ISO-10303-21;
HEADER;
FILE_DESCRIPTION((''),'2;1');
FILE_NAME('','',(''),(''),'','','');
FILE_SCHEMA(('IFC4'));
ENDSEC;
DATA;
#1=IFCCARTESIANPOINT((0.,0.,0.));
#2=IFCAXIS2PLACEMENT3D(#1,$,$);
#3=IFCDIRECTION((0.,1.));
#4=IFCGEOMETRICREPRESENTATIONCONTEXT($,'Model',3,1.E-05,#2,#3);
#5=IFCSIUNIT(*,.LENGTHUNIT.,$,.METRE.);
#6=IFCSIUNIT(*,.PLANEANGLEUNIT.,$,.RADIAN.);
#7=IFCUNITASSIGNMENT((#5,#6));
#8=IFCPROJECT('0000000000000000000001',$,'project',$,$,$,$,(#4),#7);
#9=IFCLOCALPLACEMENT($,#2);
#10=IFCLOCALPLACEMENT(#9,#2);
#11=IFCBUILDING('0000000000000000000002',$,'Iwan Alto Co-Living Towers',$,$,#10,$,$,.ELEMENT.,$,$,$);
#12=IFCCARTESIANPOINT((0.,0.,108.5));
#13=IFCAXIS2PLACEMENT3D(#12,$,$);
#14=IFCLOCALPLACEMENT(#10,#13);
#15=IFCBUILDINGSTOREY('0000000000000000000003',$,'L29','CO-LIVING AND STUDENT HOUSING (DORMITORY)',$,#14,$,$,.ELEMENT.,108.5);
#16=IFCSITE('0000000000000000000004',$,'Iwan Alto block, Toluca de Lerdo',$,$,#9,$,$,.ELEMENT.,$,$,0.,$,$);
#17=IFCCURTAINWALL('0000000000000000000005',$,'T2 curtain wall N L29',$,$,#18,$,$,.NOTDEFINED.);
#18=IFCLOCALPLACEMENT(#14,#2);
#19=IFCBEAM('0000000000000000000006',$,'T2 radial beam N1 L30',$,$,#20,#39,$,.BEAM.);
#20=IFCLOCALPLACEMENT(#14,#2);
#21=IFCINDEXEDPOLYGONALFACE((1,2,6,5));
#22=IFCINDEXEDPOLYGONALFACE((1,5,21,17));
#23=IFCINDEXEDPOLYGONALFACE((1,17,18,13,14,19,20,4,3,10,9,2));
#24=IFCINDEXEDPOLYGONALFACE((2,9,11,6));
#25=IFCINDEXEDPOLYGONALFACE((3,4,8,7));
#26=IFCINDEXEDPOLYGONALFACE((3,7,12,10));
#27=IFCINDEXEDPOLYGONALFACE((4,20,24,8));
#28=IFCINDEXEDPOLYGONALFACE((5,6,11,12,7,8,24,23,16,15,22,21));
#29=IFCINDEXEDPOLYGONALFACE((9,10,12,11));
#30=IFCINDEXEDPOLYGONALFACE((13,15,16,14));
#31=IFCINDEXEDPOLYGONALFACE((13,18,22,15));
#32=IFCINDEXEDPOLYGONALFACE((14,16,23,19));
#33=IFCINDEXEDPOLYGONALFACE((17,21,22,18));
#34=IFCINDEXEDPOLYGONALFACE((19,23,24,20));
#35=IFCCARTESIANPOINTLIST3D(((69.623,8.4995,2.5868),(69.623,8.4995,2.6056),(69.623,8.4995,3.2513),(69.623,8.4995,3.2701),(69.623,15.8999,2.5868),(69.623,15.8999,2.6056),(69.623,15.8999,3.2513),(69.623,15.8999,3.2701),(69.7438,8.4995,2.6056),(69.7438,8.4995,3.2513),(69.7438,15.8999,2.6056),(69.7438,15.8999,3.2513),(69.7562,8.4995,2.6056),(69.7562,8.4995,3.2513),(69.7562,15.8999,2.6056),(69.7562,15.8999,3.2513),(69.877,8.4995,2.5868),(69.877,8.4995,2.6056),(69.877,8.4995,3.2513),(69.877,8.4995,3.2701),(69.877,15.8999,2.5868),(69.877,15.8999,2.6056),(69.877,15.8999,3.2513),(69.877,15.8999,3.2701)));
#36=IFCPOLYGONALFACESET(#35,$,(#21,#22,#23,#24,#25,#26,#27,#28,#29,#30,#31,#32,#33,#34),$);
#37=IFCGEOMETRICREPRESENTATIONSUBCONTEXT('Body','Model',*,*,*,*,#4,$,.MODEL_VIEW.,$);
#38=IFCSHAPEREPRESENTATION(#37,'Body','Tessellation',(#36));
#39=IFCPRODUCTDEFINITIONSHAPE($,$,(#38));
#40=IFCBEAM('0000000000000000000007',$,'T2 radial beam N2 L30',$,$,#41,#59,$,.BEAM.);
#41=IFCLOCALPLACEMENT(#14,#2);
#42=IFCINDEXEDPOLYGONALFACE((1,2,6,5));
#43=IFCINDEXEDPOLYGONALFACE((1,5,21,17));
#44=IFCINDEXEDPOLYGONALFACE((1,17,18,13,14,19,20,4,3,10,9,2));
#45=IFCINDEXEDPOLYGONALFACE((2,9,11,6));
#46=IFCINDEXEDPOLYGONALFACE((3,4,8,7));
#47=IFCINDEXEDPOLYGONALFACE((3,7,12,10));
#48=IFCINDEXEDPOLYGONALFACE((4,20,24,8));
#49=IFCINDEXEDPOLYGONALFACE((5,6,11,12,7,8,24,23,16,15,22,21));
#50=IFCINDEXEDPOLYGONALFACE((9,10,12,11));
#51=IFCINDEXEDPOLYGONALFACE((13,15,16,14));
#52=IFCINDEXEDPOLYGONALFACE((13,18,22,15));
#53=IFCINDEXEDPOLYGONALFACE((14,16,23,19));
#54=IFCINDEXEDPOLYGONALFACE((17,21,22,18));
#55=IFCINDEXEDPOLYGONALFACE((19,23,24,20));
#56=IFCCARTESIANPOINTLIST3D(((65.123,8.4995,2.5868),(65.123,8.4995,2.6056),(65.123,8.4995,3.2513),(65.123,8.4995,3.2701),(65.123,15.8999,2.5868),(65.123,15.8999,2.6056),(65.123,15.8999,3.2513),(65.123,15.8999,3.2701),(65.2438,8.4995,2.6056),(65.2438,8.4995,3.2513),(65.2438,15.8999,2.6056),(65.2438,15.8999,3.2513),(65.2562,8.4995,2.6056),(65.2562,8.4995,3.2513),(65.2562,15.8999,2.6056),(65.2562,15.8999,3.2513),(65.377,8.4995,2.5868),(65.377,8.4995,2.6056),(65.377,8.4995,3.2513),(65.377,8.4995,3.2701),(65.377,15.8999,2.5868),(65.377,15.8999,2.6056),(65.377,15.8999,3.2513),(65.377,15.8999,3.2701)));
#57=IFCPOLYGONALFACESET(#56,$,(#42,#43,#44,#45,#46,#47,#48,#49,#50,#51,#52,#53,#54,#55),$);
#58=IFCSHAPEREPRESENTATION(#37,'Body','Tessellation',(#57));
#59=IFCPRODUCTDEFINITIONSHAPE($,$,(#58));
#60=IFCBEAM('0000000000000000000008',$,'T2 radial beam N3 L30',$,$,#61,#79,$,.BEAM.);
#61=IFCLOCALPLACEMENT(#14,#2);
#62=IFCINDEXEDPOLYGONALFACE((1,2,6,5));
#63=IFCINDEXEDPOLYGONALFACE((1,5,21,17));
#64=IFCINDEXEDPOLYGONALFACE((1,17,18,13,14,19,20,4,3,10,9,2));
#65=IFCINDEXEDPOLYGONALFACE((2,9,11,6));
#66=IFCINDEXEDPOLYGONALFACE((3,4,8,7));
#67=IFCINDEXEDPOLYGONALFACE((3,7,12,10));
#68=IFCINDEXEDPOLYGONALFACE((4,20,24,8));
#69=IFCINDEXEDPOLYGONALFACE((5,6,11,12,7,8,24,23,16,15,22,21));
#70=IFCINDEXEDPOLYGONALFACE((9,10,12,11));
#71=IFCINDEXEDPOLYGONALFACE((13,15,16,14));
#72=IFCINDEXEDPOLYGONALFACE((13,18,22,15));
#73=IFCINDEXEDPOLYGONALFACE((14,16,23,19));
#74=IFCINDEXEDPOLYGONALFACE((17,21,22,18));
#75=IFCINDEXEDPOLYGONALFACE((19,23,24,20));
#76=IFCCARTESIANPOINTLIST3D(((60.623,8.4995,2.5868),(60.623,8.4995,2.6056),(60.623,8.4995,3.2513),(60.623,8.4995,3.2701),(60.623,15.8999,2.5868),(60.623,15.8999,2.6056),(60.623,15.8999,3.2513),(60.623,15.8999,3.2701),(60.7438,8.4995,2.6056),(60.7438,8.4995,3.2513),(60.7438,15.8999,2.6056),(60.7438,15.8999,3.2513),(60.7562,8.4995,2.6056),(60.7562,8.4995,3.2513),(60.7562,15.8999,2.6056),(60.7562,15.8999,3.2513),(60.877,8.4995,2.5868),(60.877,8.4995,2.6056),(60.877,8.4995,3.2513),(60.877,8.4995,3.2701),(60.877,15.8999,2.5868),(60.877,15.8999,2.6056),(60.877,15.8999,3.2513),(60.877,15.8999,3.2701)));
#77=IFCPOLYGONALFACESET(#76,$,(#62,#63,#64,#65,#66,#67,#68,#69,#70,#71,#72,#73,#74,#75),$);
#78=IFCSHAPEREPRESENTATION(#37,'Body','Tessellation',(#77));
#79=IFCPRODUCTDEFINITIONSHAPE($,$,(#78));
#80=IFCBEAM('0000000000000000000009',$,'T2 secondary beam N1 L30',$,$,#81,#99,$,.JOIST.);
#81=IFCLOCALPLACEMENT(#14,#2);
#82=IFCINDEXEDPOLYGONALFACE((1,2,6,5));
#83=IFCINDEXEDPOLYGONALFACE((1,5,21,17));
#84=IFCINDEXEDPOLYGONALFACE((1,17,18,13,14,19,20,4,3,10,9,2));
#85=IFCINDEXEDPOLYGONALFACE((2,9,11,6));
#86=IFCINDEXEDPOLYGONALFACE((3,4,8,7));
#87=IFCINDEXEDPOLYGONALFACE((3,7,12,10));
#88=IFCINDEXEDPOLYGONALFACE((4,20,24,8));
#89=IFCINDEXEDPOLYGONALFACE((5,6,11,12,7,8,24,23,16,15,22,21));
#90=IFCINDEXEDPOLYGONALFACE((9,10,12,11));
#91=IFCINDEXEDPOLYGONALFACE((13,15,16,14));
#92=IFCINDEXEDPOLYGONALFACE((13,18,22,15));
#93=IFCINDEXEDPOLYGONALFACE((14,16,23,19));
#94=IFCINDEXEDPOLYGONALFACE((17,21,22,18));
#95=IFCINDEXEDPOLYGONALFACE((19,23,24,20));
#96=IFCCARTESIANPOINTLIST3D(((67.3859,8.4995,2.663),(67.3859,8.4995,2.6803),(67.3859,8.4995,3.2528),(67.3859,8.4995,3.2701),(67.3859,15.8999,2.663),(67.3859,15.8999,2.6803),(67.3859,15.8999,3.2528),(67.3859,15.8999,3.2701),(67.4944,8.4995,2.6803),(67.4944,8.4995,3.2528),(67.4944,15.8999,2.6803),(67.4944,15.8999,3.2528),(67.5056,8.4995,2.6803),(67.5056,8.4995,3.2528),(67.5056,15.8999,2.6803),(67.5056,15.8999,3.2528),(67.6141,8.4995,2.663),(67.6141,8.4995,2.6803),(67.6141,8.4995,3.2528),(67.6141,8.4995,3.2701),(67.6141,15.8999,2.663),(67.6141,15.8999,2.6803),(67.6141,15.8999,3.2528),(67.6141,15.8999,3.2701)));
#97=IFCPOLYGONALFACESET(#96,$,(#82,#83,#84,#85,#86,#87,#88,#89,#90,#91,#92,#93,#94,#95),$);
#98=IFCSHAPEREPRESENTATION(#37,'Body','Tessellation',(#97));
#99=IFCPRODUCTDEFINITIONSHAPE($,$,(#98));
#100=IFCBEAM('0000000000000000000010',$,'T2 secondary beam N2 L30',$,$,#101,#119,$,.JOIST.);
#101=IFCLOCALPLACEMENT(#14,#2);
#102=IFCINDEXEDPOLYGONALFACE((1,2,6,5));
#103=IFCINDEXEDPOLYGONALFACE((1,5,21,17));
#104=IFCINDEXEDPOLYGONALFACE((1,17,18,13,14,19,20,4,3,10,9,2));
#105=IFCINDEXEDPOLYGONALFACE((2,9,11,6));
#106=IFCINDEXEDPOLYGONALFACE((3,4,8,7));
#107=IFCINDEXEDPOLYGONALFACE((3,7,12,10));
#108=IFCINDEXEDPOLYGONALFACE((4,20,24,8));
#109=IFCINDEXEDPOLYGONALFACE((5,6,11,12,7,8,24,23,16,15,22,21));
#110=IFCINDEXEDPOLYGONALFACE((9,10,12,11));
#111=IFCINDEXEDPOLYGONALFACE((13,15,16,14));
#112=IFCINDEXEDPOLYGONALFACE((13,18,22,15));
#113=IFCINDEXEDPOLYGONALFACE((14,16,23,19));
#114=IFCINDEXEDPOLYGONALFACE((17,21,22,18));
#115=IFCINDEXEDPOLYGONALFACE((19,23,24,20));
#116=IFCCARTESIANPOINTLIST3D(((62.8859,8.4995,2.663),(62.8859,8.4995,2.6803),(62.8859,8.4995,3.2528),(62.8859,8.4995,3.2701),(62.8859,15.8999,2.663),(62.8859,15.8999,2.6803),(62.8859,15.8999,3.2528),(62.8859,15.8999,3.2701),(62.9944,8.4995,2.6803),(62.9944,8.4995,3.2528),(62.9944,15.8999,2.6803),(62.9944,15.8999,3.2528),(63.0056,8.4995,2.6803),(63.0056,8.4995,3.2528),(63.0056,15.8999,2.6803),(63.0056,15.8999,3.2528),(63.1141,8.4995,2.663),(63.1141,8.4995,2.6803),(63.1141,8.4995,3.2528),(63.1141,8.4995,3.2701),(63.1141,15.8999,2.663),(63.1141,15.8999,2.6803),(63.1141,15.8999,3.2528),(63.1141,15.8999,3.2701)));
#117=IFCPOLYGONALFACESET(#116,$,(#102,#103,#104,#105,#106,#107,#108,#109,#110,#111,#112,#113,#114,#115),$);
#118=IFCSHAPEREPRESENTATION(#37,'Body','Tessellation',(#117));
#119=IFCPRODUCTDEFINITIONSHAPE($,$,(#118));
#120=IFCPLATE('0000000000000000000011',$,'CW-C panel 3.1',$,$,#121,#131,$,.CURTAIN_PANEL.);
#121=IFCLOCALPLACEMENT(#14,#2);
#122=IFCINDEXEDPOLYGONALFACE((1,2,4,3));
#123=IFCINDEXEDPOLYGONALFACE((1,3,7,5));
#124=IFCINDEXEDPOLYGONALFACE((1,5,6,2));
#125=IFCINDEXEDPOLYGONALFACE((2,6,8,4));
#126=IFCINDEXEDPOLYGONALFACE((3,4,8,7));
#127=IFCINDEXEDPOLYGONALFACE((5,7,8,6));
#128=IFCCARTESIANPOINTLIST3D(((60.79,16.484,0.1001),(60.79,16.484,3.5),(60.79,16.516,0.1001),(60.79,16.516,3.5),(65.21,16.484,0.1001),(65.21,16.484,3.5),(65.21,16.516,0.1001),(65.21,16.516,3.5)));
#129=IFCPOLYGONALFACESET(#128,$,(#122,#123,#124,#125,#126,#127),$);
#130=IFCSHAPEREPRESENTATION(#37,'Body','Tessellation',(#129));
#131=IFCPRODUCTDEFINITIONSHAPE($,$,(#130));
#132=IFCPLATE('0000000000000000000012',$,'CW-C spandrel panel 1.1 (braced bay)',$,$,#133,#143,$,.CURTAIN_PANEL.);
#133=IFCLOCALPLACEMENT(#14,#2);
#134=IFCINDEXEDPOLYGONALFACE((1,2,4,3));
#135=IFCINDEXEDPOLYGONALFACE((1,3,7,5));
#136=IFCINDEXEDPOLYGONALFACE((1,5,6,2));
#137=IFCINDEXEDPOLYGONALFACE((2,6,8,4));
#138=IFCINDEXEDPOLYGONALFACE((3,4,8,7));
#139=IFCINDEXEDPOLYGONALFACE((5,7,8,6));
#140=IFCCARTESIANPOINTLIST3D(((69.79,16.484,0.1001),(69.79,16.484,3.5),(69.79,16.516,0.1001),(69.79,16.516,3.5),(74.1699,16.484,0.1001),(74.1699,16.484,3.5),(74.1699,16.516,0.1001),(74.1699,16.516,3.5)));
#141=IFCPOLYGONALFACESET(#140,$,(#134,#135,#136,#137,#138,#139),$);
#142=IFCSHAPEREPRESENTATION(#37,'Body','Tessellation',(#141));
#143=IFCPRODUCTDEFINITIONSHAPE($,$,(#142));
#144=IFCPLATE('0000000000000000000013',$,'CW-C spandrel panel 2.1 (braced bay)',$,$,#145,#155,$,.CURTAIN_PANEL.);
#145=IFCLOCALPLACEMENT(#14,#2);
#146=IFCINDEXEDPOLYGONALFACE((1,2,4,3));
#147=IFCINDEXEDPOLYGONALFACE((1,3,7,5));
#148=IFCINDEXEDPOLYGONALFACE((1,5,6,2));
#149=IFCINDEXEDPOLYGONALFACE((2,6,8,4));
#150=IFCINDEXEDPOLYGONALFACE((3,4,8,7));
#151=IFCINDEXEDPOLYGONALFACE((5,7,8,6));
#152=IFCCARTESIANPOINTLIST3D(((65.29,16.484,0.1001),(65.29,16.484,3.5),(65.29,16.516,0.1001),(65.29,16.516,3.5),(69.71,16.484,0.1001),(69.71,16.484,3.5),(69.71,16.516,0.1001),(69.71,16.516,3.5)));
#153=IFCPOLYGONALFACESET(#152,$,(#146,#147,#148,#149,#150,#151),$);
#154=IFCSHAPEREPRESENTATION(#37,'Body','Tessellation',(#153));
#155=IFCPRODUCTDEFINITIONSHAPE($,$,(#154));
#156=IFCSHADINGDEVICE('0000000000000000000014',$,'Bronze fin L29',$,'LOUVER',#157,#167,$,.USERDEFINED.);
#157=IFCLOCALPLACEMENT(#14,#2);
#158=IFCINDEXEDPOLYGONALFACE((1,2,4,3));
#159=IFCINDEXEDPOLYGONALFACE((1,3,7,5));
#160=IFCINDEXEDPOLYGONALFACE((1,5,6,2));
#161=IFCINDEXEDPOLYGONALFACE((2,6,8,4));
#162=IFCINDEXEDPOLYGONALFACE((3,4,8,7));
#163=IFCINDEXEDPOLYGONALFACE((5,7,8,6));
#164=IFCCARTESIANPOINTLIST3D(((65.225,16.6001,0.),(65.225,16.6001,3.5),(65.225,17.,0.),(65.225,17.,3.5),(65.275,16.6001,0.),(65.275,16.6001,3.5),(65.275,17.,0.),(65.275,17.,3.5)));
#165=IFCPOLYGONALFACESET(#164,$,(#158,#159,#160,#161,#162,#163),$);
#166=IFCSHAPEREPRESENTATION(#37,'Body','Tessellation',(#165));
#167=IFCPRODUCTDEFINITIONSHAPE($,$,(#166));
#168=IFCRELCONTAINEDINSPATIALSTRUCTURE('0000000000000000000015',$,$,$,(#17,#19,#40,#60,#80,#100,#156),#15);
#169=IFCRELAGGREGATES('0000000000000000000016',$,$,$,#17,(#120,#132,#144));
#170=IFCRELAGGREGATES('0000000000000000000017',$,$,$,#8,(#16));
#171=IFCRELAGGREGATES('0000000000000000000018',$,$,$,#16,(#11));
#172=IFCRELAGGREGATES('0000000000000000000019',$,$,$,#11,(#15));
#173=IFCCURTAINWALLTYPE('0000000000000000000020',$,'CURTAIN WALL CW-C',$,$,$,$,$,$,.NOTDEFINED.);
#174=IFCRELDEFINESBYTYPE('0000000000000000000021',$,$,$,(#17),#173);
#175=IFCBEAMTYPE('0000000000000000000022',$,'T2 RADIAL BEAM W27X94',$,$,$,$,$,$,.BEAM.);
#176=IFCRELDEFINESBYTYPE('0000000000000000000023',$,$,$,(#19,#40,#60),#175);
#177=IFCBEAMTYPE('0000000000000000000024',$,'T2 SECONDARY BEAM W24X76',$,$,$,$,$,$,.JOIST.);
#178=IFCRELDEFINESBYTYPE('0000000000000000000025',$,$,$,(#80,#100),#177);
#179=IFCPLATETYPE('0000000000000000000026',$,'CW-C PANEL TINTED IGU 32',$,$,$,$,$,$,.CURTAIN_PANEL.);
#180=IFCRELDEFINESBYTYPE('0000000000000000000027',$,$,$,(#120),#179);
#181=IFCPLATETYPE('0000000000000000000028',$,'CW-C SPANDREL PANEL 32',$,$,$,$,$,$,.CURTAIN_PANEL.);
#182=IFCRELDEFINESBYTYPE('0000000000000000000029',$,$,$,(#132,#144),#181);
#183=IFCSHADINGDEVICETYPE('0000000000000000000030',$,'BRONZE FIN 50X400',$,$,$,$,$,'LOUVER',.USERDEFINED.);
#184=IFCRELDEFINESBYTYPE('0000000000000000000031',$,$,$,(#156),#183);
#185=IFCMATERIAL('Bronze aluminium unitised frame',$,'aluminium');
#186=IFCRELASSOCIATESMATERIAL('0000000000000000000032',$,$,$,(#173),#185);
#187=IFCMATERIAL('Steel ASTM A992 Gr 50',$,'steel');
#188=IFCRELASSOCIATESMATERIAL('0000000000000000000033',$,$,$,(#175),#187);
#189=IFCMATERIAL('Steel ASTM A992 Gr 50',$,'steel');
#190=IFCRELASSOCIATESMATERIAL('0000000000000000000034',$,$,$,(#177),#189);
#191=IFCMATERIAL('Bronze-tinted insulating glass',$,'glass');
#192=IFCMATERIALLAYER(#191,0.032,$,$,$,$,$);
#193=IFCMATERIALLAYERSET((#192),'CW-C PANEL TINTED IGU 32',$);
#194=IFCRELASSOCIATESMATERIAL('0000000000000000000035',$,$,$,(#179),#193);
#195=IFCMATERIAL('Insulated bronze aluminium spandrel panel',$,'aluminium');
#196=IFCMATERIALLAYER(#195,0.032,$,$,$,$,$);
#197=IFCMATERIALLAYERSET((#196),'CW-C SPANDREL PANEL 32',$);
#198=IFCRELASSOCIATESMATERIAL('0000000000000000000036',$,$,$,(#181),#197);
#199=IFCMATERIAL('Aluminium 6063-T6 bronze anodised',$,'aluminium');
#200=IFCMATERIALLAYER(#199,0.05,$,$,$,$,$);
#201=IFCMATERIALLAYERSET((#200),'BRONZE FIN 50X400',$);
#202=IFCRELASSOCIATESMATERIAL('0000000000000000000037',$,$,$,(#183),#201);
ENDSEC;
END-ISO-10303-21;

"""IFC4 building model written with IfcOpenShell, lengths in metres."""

from ifc_helpers import new_model, si_unit, direction, frame, origin, origin_2d, place, context, subcontext, project, spatial, rectangle, i_section, extrude, material, layer, layer_set, material_profile, profile_set, type_object, element, aggregate, save


model = new_model("IFC4")

# Units and contexts
model_context = context("Model", 3, precision=1e-05, world=origin(), true_north=direction((0.0, 1.0)))
body_context = subcontext(model_context, "Body", "Model", "MODEL_VIEW")
ifc_project = project(units=[si_unit("LENGTHUNIT", "METRE"), si_unit("PLANEANGLEUNIT", "RADIAN")], contexts=[model_context])

# Site, building, storey
site_placement = place(None, origin())
site = spatial("IfcSite", under=ifc_project, at=site_placement, Name="Iwan Alto block, Toluca de Lerdo", CompositionType="ELEMENT", RefElevation=0.0)
building_placement = place(site_placement, origin())
building = spatial("IfcBuilding", under=site, at=building_placement, Name="Iwan Alto Co-Living Towers", CompositionType="ELEMENT")
storey_placement = place(building_placement, frame((0.0, 0.0, 108.5)))
storey = spatial("IfcBuildingStorey", under=building, at=storey_placement, Name="L29", Description="CO-LIVING AND STUDENT HOUSING (DORMITORY)", CompositionType="ELEMENT", Elevation=108.5)

# Curtain wall
ifc_material_1 = material(Name="Bronze aluminium unitised frame", Category="aluminium")
curtain_wall_type = type_object("IfcCurtainWallType", Name="CURTAIN WALL CW-C", PredefinedType="NOTDEFINED", material=ifc_material_1)
curtain_wall_placement = place(storey_placement, origin())
curtain_wall = element("IfcCurtainWall", 1, at=curtain_wall_placement, inside=storey, type_object=curtain_wall_type, Name="T2 curtain wall N L29", PredefinedType="NOTDEFINED")

# Beams
ifc_material_2 = material(Name="Steel ASTM A992 Gr 50", Category="steel")
ifc_material_profile_1 = material_profile(ifc_material_2, i_section(OverallWidth=0.2539, OverallDepth=0.6833, WebThickness=0.0125, FlangeThickness=0.0188, at=origin_2d()), Name="W27X94")
ifc_profile_set_1 = profile_set([ifc_material_profile_1], Name="Steel ASTM A992 Gr 50")
beam_type_1 = type_object("IfcBeamType", Name="T2 RADIAL BEAM W27X94", PredefinedType="BEAM", material=ifc_profile_set_1)
for number, where, z_axis, x_axis, name in (
    (2, (69.75, 15.8999, 2.9285), (0.0, -1.0, 0.0), (1.0, 0.0, 0.0), "T2 radial beam N1 L30"),
    (3, (65.25, 15.8999, 2.9285), (0.0, -1.0, 0.0), (1.0, 0.0, 0.0), "T2 radial beam N2 L30"),
    (4, (60.75, 15.8999, 2.9285), (0.0, -1.0, 0.0), (1.0, 0.0, 0.0), "T2 radial beam N3 L30"),
):
    element("IfcBeam", number, at=place(storey_placement, frame(where, z_axis=z_axis, x_axis=x_axis)), inside=storey, type_object=beam_type_1, Name=name, PredefinedType="BEAM", context=body_context, shape_type="SweptSolid", body=[
        extrude(i_section(OverallWidth=0.2539, OverallDepth=0.6833, WebThickness=0.0125, FlangeThickness=0.0188, at=origin_2d()), origin(), (0.0, 0.0, 1.0), 7.4004),
    ])
ifc_material_3 = material(Name="Steel ASTM A992 Gr 50", Category="steel")
ifc_material_profile_2 = material_profile(ifc_material_3, i_section(OverallWidth=0.2283, OverallDepth=0.6072, WebThickness=0.0112, FlangeThickness=0.0173, at=origin_2d()), Name="W24X76")
ifc_profile_set_2 = profile_set([ifc_material_profile_2], Name="Steel ASTM A992 Gr 50")
beam_type_2 = type_object("IfcBeamType", Name="T2 SECONDARY BEAM W24X76", PredefinedType="JOIST", material=ifc_profile_set_2)
for number, where, z_axis, x_axis, name in (
    (5, (67.5, 15.8999, 2.9666), (0.0, -1.0, 0.0), (1.0, 0.0, 0.0), "T2 secondary beam N1 L30"),
    (6, (63.0, 15.8999, 2.9666), (0.0, -1.0, 0.0), (1.0, 0.0, 0.0), "T2 secondary beam N2 L30"),
):
    element("IfcBeam", number, at=place(storey_placement, frame(where, z_axis=z_axis, x_axis=x_axis)), inside=storey, type_object=beam_type_2, Name=name, PredefinedType="JOIST", context=body_context, shape_type="SweptSolid", body=[
        extrude(i_section(OverallWidth=0.2283, OverallDepth=0.6072, WebThickness=0.0112, FlangeThickness=0.0173, at=origin_2d()), origin(), (0.0, 0.0, 1.0), 7.4004),
    ])

# Plates
ifc_material_4 = material(Name="Bronze-tinted insulating glass", Category="glass")
ifc_layer_1 = layer(ifc_material_4, 0.032)
ifc_layer_set_1 = layer_set([ifc_layer_1], Name="CW-C PANEL TINTED IGU 32")
plate_type_1 = type_object("IfcPlateType", Name="CW-C PANEL TINTED IGU 32", PredefinedType="CURTAIN_PANEL", material=ifc_layer_set_1)
plate_1_placement = place(storey_placement, frame((63.0, 16.5, 0.1001), z_axis=(0.0, 0.0, 1.0), x_axis=(-1.0, 0.0, 0.0)))
plate_1 = element("IfcPlate", 7, at=plate_1_placement, type_object=plate_type_1, Name="CW-C panel 3.1", PredefinedType="CURTAIN_PANEL", context=body_context, shape_type="SweptSolid", body=[
    extrude(rectangle(XDim=4.4199, YDim=0.032, at=origin_2d()), origin(), (0.0, 0.0, 1.0), 3.3999),
])
ifc_material_5 = material(Name="Insulated bronze aluminium spandrel panel", Category="aluminium")
ifc_layer_2 = layer(ifc_material_5, 0.032)
ifc_layer_set_2 = layer_set([ifc_layer_2], Name="CW-C SPANDREL PANEL 32")
plate_type_2 = type_object("IfcPlateType", Name="CW-C SPANDREL PANEL 32", PredefinedType="CURTAIN_PANEL", material=ifc_layer_set_2)
plate_2_placement = place(storey_placement, frame((71.98, 16.5, 0.1001), z_axis=(0.0, 0.0, 1.0), x_axis=(-1.0, 0.0, 0.0)))
plate_2 = element("IfcPlate", 8, at=plate_2_placement, type_object=plate_type_2, Name="CW-C spandrel panel 1.1 (braced bay)", PredefinedType="CURTAIN_PANEL", context=body_context, shape_type="SweptSolid", body=[
    extrude(rectangle(XDim=4.3799, YDim=0.032, at=origin_2d()), origin(), (0.0, 0.0, 1.0), 3.3999),
])
plate_3_placement = place(storey_placement, frame((67.5, 16.5, 0.1001), z_axis=(0.0, 0.0, 1.0), x_axis=(-1.0, 0.0, 0.0)))
plate_3 = element("IfcPlate", 9, at=plate_3_placement, type_object=plate_type_2, Name="CW-C spandrel panel 2.1 (braced bay)", PredefinedType="CURTAIN_PANEL", context=body_context, shape_type="SweptSolid", body=[
    extrude(rectangle(XDim=4.4199, YDim=0.032, at=origin_2d()), origin(), (0.0, 0.0, 1.0), 3.3999),
])
aggregate(curtain_wall, [plate_1, plate_2, plate_3])

# Shading device
ifc_material_6 = material(Name="Aluminium 6063-T6 bronze anodised", Category="aluminium")
ifc_layer_3 = layer(ifc_material_6, 0.05)
ifc_layer_set_3 = layer_set([ifc_layer_3], Name="BRONZE FIN 50X400")
shading_device_type = type_object("IfcShadingDeviceType", Name="BRONZE FIN 50X400", ElementType="LOUVER", PredefinedType="USERDEFINED", material=ifc_layer_set_3)
shading_device_placement = place(storey_placement, frame((65.25, 16.8, 0.0), z_axis=(0.0, 0.0, 1.0), x_axis=(-1.0, 0.0, 0.0)))
element("IfcShadingDevice", 10, at=shading_device_placement, inside=storey, type_object=shading_device_type, Name="Bronze fin L29", ObjectType="LOUVER", PredefinedType="USERDEFINED", context=body_context, shape_type="SweptSolid", body=[
    extrude(rectangle(XDim=0.05, YDim=0.3999, at=origin_2d()), origin(), (0.0, 0.0, 1.0), 3.5),
])

save(model, "model.ifc")
